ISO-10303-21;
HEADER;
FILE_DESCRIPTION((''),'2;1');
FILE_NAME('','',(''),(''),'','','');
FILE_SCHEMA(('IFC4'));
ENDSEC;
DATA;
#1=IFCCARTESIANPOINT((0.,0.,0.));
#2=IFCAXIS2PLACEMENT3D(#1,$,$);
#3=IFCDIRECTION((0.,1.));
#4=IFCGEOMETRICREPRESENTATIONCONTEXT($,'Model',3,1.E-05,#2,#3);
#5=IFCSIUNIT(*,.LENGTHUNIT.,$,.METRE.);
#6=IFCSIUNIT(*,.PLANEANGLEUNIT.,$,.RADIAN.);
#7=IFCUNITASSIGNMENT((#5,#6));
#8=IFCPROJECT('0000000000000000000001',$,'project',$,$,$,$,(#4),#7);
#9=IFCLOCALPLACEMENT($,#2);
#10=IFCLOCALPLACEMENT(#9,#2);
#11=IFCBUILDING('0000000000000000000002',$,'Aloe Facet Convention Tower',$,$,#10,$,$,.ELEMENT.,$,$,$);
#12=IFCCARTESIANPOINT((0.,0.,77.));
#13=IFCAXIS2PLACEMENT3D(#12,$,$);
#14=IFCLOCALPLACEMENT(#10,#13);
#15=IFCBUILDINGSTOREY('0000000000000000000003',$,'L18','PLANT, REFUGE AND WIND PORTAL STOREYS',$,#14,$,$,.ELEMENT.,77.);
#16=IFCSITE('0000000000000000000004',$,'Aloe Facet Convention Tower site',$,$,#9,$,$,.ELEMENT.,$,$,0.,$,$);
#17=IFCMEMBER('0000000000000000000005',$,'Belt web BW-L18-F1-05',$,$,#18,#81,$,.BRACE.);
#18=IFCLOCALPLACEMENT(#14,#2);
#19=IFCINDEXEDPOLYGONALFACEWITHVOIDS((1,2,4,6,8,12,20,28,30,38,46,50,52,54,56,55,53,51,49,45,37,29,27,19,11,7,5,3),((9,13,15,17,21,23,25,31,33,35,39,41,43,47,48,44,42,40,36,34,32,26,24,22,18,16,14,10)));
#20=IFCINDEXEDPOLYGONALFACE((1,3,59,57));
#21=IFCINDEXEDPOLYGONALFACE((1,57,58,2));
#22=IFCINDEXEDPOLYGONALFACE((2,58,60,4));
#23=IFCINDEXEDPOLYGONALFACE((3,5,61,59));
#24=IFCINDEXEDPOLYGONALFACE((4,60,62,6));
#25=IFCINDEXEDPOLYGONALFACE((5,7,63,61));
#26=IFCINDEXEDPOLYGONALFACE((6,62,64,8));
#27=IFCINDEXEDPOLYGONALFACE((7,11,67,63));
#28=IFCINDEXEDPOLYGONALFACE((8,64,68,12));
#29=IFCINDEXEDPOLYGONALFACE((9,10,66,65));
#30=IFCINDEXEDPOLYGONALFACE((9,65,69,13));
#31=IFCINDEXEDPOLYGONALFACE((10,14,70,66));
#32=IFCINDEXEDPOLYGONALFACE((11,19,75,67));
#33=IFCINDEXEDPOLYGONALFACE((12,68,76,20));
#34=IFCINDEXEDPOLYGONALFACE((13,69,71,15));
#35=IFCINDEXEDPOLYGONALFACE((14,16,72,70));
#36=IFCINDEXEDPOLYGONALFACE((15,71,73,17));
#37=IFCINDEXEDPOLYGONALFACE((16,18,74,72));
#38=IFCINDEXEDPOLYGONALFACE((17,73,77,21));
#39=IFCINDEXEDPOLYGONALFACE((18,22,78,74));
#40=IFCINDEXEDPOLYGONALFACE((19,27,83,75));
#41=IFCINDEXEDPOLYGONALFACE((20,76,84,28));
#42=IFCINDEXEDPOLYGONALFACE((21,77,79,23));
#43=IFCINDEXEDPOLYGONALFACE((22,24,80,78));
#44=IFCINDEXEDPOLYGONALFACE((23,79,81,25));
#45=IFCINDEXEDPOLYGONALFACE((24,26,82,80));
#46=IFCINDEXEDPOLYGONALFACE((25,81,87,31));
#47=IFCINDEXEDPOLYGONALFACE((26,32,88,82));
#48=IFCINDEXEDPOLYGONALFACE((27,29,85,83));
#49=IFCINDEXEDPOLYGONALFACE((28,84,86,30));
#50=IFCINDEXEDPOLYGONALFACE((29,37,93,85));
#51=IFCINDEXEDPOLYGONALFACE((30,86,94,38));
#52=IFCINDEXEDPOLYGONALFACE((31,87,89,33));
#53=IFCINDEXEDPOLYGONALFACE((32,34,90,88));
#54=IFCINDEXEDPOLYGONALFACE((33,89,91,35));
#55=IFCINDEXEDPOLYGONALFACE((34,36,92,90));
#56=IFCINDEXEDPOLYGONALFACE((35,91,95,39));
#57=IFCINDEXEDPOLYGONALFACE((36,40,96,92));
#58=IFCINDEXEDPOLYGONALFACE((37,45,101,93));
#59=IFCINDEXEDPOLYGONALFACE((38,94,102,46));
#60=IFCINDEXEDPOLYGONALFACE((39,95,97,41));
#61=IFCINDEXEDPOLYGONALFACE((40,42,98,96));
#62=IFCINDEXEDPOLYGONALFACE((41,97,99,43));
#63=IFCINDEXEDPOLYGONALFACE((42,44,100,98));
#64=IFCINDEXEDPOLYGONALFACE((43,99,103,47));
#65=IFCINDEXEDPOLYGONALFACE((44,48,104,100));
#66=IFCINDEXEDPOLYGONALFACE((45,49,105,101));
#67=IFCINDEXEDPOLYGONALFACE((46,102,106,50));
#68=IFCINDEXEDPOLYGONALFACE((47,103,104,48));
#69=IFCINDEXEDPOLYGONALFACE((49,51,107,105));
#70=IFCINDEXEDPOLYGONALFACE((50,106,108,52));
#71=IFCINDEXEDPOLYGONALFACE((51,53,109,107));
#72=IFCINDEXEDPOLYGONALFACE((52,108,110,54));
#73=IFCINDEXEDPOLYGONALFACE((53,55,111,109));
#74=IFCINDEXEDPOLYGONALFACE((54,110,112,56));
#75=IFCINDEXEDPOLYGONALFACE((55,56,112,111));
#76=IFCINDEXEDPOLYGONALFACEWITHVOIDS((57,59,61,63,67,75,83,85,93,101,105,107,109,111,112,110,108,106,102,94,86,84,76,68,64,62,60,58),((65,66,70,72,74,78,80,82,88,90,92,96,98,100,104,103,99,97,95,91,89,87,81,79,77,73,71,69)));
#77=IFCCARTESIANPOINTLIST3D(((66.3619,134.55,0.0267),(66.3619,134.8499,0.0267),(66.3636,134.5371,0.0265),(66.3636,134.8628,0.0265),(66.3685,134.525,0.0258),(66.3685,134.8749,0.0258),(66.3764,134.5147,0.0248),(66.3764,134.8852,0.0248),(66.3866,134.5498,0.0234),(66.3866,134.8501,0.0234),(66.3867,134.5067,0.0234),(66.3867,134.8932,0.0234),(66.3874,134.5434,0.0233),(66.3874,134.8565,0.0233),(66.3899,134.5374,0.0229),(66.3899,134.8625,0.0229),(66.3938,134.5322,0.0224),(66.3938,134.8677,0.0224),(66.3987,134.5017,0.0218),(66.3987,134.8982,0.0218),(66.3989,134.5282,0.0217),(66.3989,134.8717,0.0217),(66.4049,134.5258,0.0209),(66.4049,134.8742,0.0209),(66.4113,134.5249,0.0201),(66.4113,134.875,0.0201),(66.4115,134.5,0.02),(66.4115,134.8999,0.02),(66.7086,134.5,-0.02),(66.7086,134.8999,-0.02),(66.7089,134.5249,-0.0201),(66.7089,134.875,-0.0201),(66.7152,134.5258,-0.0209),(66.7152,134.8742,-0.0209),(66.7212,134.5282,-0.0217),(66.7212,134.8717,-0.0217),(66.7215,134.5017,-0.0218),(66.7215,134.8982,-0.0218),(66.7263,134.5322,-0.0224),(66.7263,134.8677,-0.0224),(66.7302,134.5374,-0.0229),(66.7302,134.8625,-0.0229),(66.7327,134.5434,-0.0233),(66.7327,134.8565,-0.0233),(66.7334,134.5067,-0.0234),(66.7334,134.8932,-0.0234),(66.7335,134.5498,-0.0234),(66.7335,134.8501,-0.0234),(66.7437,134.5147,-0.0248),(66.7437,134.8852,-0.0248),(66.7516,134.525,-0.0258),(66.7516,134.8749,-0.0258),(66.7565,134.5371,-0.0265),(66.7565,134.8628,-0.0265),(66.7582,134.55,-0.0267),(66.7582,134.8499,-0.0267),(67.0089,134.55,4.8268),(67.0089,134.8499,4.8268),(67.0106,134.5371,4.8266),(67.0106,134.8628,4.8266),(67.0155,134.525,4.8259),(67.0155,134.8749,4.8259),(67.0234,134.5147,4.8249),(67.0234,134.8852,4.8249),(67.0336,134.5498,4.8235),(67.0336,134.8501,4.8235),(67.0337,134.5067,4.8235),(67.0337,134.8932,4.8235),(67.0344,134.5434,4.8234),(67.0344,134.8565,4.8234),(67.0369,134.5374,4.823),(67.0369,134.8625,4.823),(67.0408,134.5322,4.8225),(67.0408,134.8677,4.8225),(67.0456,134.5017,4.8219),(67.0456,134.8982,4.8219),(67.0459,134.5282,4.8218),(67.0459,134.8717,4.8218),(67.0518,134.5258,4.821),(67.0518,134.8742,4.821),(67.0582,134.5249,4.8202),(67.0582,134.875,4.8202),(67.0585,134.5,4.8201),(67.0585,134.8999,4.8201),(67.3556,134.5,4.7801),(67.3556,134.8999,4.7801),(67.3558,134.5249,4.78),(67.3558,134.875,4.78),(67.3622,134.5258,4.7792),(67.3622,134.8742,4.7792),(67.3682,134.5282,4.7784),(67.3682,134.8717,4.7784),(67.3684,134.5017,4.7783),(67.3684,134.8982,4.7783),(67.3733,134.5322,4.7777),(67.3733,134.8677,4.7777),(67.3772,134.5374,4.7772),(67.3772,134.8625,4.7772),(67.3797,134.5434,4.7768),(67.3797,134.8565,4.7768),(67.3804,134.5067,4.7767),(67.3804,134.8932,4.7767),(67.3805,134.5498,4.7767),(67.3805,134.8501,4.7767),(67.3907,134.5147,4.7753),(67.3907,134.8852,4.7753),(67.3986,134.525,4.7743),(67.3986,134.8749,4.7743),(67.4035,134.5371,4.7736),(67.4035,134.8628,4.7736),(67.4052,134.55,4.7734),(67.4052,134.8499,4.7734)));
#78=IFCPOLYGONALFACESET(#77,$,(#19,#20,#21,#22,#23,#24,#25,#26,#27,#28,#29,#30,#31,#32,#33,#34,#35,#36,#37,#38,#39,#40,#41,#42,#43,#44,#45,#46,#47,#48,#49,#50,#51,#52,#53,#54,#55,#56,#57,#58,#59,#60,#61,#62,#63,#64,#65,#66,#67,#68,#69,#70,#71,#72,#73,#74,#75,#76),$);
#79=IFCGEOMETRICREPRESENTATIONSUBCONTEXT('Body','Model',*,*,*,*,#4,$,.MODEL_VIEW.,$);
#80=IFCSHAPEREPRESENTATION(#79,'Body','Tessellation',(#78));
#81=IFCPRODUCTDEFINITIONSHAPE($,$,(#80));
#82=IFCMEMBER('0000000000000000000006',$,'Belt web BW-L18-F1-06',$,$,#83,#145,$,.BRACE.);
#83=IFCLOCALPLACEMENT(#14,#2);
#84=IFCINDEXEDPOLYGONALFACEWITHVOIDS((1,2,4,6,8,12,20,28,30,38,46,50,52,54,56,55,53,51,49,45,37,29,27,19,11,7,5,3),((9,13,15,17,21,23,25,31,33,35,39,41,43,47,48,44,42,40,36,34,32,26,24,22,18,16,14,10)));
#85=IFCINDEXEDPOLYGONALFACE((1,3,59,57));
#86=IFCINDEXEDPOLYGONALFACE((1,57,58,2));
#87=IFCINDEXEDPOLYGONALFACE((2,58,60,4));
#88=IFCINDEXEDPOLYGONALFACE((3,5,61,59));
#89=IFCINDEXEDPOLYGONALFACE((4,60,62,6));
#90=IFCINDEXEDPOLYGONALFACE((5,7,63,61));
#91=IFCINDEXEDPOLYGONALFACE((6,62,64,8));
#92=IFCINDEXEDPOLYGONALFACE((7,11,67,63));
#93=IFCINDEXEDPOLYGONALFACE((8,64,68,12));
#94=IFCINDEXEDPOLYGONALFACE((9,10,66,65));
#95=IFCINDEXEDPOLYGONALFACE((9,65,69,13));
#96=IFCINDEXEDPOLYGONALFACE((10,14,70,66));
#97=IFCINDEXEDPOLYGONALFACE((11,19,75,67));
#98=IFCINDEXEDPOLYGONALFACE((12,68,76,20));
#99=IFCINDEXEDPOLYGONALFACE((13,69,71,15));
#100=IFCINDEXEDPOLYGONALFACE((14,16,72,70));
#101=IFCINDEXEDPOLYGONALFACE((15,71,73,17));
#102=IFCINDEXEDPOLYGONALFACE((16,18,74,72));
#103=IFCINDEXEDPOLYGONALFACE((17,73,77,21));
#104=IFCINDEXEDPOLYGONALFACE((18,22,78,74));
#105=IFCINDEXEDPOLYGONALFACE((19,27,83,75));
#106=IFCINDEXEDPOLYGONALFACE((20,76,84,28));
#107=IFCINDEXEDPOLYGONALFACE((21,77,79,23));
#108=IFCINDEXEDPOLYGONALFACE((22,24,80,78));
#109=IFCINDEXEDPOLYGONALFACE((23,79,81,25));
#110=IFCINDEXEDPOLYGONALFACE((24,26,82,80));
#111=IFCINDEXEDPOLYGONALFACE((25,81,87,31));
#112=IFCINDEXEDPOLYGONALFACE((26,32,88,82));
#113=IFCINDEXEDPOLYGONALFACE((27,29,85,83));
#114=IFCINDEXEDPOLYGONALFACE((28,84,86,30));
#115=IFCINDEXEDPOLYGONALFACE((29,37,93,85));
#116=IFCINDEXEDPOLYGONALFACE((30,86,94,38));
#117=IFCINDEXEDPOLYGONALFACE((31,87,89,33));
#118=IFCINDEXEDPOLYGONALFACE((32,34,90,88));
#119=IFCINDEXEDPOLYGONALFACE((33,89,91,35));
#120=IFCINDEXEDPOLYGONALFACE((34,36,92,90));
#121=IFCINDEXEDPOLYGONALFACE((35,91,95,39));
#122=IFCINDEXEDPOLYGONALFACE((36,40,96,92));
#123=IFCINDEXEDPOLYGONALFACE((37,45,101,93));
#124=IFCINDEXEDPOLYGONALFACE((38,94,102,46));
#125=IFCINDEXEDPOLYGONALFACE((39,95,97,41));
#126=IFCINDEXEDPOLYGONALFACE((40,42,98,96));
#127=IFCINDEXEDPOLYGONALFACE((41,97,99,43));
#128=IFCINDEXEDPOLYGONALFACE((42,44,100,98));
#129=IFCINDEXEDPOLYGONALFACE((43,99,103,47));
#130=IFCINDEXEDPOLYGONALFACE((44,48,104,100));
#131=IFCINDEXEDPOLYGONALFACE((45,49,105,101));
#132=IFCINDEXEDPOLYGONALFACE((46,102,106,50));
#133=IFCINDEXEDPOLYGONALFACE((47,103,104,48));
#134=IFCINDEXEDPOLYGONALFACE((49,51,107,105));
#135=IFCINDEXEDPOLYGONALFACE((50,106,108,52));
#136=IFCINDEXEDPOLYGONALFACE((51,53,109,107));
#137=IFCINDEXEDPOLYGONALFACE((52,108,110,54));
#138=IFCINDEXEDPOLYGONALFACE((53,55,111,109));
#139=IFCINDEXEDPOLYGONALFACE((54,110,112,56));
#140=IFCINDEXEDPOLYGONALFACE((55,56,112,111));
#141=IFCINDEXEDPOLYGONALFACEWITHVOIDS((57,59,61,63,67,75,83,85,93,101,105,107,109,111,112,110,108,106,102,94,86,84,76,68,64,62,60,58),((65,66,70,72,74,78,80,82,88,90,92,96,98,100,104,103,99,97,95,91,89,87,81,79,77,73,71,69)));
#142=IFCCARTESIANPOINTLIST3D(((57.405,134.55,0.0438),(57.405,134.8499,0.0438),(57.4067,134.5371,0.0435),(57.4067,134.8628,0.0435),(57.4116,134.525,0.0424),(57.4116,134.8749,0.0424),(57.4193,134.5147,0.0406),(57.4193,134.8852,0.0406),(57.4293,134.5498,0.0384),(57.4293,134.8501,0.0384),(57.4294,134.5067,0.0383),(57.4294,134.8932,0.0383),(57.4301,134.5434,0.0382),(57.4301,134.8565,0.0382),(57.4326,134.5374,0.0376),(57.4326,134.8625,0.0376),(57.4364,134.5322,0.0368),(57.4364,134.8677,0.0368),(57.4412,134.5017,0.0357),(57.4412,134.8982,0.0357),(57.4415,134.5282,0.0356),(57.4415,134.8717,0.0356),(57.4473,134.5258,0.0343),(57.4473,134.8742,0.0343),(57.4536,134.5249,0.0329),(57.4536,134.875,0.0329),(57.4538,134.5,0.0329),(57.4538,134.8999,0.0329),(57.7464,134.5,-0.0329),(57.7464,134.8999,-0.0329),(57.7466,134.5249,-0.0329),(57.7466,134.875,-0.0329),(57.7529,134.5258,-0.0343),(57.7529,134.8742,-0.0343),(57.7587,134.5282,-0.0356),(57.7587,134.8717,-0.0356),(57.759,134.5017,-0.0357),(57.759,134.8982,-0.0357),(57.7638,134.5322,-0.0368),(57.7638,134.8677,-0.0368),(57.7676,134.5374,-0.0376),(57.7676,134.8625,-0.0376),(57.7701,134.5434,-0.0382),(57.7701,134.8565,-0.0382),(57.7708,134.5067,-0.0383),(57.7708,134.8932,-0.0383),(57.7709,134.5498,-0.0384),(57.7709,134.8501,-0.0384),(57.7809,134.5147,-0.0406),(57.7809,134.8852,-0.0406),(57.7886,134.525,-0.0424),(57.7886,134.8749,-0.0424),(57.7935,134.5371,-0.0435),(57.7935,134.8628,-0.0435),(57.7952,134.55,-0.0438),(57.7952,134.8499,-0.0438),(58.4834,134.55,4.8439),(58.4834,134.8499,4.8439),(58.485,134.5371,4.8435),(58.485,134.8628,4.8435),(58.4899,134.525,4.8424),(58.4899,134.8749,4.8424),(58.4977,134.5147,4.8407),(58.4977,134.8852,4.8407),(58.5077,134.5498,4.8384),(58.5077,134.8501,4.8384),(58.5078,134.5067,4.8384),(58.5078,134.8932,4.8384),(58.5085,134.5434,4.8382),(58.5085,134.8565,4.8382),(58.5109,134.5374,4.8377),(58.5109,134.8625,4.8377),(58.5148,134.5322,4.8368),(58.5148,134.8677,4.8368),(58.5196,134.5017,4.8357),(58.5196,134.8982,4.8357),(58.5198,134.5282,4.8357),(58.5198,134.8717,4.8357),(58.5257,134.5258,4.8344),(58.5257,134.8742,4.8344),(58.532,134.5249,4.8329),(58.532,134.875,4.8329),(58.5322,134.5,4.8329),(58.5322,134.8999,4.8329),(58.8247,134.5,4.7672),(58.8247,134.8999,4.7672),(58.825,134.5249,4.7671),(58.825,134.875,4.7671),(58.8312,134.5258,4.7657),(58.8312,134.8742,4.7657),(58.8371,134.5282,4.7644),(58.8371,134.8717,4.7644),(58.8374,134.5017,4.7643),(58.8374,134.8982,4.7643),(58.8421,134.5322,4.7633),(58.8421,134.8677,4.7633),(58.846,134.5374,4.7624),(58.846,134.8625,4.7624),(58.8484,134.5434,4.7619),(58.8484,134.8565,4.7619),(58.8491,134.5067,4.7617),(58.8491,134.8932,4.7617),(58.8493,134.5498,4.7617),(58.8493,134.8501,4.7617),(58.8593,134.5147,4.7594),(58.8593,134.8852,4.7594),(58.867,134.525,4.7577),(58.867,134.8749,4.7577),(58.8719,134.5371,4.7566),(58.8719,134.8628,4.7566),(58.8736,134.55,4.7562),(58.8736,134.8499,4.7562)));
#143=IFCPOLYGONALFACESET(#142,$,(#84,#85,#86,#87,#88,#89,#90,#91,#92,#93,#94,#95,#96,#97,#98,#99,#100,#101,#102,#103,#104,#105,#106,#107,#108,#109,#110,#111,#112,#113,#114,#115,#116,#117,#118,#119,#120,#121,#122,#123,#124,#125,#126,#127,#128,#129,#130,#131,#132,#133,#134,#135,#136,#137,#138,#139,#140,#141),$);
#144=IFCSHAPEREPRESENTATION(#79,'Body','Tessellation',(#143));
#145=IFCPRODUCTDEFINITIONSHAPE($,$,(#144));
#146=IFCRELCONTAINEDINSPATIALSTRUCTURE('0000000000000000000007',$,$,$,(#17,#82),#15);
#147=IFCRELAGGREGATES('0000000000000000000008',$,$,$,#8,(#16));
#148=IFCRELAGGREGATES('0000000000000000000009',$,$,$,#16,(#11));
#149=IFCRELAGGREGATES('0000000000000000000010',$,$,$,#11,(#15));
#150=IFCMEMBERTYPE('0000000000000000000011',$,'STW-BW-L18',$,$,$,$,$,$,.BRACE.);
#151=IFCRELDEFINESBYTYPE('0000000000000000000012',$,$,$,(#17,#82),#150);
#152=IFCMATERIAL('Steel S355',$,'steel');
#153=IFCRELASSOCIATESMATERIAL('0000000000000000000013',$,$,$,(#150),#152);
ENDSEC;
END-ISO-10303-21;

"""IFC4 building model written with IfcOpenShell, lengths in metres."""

from ifc_helpers import new_model, si_unit, direction, frame, origin, origin_2d, place, context, subcontext, project, spatial, hollow_rectangle, extrude, material, material_profile, profile_set, type_object, element, save


model = new_model("IFC4")

# Units and contexts
model_context = context("Model", 3, precision=1e-05, world=origin(), true_north=direction((0.0, 1.0)))
body_context = subcontext(model_context, "Body", "Model", "MODEL_VIEW")
ifc_project = project(units=[si_unit("LENGTHUNIT", "METRE"), si_unit("PLANEANGLEUNIT", "RADIAN")], contexts=[model_context])

# Site, building, storey
site_placement = place(None, origin())
site = spatial("IfcSite", under=ifc_project, at=site_placement, Name="Aloe Facet Convention Tower site", CompositionType="ELEMENT", RefElevation=0.0)
building_placement = place(site_placement, origin())
building = spatial("IfcBuilding", under=site, at=building_placement, Name="Aloe Facet Convention Tower", CompositionType="ELEMENT")
storey_placement = place(building_placement, frame((0.0, 0.0, 77.0)))
storey = spatial("IfcBuildingStorey", under=building, at=storey_placement, Name="L18", Description="PLANT, REFUGE AND WIND PORTAL STOREYS", CompositionType="ELEMENT", Elevation=77.0)

# Members
ifc_material_1 = material(Name="Steel S355", Category="steel")
ifc_material_profile_1 = material_profile(ifc_material_1, hollow_rectangle(XDim=0.3999, YDim=0.3999, WallThickness=0.0249, InnerFilletRadius=0.0249, OuterFilletRadius=0.05, at=origin_2d()), Name="SHS 400x400x25")
ifc_profile_set_1 = profile_set([ifc_material_profile_1], Name="Steel S355")
member_type_1 = type_object("IfcMemberType", Name="STW-BW-L18", PredefinedType="BRACE", material=ifc_profile_set_1)
member_1_placement = place(storey_placement, frame((66.5601, 134.7, 0.0), z_axis=(0.133577, 0.0, 0.991038), x_axis=(0.0, 1.0, 0.0)))
element("IfcMember", 1, at=member_1_placement, inside=storey, type_object=member_type_1, Name="Belt web BW-L18-F1-05", PredefinedType="BRACE", context=body_context, shape_type="SweptSolid", body=[
    extrude(hollow_rectangle(XDim=0.3999, YDim=0.3999, WallThickness=0.0249, InnerFilletRadius=0.0249, OuterFilletRadius=0.05, at=origin_2d()), origin(), (0.0, 0.0, 1.0), 4.8435),
])
member_2_placement = place(storey_placement, frame((57.6001, 134.7, 0.0), z_axis=(0.219195, 0.0, 0.975681), x_axis=(0.0, 1.0, 0.0)))
element("IfcMember", 2, at=member_2_placement, inside=storey, type_object=member_type_1, Name="Belt web BW-L18-F1-06", PredefinedType="BRACE", context=body_context, shape_type="SweptSolid", body=[
    extrude(hollow_rectangle(XDim=0.3999, YDim=0.3999, WallThickness=0.0249, InnerFilletRadius=0.0249, OuterFilletRadius=0.05, at=origin_2d()), origin(), (0.0, 0.0, 1.0), 4.9197),
])

save(model, "model.ifc")
